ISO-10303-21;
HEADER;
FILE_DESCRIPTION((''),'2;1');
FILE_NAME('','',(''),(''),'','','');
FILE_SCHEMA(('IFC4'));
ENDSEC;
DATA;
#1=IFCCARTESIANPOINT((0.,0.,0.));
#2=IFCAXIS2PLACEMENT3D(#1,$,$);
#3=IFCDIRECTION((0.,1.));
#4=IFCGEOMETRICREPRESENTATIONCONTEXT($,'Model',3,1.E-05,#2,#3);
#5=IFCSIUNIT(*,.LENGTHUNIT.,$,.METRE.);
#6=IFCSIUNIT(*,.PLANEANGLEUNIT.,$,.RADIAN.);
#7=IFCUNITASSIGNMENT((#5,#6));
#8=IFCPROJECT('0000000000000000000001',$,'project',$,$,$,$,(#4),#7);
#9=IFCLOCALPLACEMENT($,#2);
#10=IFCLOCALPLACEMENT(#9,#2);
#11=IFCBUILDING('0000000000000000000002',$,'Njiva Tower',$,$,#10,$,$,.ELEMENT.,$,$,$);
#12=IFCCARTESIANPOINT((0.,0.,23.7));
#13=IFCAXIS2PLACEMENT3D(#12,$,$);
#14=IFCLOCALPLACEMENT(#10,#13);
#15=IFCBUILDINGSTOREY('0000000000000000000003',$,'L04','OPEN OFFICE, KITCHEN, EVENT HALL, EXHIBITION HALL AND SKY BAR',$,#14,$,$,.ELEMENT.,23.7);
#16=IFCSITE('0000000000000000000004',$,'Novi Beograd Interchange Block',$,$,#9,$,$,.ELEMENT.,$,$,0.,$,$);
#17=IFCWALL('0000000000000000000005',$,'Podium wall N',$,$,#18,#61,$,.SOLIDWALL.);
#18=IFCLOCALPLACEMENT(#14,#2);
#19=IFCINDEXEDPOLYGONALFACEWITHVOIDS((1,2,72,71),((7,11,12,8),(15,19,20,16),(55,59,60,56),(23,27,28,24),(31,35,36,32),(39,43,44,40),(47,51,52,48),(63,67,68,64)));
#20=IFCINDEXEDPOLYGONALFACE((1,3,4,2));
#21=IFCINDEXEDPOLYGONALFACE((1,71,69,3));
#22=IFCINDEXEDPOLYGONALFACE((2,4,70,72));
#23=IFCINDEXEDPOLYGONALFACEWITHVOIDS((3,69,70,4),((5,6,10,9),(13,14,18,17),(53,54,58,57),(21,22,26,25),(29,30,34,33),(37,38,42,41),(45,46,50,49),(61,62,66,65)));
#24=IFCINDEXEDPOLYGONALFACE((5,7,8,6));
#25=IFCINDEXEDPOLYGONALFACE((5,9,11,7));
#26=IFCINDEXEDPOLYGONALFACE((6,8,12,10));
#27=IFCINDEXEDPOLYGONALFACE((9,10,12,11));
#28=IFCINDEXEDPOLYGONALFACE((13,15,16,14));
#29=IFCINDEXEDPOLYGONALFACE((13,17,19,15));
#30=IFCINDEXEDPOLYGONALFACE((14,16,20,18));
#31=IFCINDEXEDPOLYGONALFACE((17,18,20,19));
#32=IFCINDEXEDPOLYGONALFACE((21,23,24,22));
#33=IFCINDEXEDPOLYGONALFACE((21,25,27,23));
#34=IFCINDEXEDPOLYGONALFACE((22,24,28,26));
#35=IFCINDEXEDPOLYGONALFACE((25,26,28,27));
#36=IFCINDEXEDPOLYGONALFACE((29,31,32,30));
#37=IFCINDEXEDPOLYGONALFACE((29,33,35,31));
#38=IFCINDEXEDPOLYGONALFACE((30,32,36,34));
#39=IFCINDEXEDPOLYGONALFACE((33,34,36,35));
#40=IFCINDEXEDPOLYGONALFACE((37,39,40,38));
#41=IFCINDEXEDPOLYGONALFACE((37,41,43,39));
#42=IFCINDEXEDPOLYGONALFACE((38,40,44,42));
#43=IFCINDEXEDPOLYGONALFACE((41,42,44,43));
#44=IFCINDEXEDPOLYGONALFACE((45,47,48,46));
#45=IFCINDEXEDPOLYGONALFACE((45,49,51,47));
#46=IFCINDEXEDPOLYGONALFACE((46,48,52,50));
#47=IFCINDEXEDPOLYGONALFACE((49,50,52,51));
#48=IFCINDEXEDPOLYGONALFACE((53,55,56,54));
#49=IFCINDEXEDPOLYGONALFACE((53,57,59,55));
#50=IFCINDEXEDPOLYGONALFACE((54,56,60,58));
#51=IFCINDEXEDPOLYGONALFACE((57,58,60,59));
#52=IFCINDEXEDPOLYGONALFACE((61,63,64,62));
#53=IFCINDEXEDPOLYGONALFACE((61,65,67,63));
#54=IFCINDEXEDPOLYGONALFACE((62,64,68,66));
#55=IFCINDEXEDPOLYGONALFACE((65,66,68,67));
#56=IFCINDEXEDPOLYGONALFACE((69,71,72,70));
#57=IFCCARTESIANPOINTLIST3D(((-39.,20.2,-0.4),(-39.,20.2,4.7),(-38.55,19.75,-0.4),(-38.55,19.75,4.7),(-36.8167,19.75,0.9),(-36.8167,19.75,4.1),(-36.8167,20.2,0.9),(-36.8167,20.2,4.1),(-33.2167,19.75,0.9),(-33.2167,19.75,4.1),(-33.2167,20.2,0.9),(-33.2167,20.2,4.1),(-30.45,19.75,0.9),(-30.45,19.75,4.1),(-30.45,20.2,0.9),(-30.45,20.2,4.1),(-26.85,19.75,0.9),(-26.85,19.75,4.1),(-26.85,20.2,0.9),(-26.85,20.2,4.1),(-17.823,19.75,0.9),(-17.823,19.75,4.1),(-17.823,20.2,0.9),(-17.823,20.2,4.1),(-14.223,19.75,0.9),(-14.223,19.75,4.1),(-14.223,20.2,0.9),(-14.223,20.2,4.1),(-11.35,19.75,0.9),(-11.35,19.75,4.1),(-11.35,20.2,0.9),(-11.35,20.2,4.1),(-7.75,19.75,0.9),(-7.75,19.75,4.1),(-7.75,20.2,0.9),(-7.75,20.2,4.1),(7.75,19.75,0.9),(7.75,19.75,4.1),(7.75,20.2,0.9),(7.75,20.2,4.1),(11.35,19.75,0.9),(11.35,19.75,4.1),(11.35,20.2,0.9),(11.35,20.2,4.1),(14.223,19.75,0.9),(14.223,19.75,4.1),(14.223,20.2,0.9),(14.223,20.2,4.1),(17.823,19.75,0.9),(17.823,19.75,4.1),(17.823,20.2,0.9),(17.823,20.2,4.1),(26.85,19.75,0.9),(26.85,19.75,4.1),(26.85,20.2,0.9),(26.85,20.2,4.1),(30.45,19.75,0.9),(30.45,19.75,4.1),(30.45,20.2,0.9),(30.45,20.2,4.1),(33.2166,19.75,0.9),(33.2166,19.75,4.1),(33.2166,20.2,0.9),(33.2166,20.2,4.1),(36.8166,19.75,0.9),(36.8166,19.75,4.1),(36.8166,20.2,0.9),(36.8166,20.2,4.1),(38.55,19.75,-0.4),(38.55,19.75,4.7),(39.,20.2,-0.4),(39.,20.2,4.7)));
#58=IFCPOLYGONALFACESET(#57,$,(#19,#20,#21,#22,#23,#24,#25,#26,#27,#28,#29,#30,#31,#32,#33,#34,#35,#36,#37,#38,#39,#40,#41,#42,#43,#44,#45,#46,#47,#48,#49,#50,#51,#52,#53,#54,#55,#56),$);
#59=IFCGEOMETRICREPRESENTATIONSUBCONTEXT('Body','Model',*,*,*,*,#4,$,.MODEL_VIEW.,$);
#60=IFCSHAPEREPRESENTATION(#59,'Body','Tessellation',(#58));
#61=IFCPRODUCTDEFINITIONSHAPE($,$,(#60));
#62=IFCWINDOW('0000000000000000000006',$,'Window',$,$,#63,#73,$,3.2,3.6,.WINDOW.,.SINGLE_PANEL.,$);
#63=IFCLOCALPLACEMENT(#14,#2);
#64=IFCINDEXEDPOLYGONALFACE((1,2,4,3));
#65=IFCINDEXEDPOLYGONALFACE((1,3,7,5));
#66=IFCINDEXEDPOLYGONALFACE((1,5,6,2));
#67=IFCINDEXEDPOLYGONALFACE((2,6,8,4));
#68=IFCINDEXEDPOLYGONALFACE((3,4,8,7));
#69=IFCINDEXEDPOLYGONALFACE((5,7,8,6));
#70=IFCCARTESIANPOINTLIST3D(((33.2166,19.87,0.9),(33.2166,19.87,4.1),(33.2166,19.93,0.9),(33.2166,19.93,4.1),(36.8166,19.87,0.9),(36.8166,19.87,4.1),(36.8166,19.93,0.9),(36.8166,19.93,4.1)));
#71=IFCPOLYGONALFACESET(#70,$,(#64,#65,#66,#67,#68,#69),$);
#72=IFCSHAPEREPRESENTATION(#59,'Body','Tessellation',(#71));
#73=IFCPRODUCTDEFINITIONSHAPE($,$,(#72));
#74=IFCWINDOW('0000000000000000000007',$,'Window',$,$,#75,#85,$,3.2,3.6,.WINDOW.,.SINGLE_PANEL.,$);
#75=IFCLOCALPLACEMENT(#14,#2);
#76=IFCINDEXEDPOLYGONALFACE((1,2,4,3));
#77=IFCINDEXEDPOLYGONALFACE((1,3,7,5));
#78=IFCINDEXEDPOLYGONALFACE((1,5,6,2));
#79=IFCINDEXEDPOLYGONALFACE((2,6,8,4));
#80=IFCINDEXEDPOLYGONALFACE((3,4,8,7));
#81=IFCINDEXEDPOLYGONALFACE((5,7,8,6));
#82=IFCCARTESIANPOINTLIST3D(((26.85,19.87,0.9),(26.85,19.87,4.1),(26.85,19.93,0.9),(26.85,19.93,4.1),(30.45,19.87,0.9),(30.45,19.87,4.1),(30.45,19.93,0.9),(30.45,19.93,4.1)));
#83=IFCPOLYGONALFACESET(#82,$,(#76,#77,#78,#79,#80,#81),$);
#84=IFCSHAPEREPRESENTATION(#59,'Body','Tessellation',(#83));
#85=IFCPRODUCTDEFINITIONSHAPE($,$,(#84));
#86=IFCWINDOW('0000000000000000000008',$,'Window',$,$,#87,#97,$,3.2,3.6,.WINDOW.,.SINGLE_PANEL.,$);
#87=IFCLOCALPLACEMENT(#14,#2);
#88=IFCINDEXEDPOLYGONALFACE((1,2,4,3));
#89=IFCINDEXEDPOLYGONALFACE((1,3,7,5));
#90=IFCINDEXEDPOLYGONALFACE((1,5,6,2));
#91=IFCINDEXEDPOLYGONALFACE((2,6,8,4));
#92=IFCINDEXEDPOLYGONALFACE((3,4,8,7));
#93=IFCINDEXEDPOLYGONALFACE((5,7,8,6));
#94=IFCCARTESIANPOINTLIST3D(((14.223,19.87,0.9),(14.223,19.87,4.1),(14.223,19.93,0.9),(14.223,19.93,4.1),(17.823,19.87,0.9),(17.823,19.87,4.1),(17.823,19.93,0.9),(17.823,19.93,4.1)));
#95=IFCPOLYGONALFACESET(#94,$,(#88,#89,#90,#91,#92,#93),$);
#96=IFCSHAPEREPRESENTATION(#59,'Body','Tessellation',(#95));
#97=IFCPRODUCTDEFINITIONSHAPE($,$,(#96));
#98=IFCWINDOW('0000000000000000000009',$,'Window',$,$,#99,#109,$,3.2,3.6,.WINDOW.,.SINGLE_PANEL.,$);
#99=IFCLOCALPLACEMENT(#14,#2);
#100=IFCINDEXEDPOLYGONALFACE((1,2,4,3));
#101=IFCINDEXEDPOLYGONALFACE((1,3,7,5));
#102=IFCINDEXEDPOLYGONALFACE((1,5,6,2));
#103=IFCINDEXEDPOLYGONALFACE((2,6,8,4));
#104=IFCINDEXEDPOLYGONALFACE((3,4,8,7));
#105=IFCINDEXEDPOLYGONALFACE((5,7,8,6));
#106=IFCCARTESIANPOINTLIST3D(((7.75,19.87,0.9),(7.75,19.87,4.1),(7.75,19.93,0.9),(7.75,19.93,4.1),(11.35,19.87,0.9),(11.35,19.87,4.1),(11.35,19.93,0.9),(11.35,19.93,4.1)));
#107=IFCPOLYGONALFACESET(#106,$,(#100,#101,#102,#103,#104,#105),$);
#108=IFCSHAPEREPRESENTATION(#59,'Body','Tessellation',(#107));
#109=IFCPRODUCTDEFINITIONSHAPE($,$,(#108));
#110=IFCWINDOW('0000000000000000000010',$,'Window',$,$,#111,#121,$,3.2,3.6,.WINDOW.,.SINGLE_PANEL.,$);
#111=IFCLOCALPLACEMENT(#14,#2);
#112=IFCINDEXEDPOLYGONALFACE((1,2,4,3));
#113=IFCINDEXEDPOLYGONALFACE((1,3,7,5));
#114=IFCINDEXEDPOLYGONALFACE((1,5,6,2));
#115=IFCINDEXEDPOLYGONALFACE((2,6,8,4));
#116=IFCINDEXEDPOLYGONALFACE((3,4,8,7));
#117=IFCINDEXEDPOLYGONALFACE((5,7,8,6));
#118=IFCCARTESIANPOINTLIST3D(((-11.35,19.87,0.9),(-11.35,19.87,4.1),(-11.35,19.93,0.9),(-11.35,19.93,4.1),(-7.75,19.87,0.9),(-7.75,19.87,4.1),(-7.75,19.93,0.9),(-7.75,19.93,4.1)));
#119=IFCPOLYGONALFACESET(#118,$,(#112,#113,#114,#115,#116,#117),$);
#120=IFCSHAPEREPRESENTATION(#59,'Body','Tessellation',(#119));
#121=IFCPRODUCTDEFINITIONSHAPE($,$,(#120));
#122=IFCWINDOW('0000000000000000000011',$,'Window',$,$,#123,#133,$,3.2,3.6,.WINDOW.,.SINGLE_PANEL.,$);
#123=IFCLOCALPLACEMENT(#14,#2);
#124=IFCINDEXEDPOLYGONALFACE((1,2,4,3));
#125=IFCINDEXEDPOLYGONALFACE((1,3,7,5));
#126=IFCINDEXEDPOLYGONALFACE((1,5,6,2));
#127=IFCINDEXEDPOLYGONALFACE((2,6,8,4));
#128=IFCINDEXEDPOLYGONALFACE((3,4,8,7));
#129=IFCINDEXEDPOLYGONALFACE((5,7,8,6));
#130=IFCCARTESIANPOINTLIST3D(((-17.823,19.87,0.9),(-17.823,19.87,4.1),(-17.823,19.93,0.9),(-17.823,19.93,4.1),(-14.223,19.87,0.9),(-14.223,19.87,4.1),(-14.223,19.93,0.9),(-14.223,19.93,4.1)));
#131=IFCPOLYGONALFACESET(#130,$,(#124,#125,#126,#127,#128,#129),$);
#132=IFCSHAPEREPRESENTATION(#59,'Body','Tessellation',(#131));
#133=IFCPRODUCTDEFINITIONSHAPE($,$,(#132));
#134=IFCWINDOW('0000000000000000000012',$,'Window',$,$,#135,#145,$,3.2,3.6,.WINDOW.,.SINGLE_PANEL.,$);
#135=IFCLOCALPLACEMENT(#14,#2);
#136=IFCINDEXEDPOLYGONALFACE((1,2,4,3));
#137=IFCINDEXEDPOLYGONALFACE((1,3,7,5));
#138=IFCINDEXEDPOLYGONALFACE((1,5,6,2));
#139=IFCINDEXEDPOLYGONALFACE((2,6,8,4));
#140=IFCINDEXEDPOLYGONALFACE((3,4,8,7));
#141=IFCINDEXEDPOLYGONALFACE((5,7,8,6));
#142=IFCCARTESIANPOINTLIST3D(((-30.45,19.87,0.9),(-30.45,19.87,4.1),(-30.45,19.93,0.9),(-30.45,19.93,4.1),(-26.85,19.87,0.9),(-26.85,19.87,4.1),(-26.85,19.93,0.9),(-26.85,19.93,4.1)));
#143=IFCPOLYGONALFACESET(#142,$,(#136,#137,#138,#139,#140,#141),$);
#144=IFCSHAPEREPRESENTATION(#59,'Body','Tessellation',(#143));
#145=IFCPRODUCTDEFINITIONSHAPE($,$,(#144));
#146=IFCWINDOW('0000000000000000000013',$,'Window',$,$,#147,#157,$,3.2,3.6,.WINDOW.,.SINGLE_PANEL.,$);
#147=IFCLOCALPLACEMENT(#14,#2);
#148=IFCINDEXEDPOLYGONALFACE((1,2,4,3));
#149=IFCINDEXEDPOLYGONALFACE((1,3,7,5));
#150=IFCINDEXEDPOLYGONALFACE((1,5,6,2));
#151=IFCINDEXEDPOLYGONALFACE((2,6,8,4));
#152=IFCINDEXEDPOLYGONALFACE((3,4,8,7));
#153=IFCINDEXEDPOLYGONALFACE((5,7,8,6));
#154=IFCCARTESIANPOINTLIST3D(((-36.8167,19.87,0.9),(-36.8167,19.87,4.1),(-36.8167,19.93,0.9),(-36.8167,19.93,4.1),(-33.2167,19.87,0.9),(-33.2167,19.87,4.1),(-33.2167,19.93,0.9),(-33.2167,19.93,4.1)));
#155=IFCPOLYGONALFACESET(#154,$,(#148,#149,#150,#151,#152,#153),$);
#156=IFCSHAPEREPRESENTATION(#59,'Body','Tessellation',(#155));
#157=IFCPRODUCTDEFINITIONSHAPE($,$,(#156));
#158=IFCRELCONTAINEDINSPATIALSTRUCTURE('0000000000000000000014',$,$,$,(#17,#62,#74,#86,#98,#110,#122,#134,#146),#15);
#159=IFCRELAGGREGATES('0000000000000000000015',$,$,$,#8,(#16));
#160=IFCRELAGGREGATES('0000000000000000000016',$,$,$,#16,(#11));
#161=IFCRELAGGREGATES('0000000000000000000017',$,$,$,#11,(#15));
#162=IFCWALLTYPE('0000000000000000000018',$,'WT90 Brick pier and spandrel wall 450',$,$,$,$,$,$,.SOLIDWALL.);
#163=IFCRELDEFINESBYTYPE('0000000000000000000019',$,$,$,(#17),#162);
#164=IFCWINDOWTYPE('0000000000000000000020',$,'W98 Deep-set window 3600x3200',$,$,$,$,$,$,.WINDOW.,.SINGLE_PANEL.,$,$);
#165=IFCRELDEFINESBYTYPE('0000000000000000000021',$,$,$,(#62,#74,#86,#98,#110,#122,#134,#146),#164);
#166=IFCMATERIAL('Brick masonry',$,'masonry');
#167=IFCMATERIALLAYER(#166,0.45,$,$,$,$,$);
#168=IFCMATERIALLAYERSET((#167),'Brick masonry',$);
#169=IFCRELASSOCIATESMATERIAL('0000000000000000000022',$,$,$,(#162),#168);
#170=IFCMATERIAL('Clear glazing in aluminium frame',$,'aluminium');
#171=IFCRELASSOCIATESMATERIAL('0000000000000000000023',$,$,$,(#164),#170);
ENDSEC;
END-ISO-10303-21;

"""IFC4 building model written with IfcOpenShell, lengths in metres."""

from ifc_helpers import new_model, si_unit, direction, frame, frame_2d, origin, place, context, subcontext, project, spatial, polyline, rectangle, outline, extrude, material, layer, layer_set, type_object, element, fill, save


model = new_model("IFC4")

# Units and contexts
model_context = context("Model", 3, precision=1e-05, world=origin(), true_north=direction((0.0, 1.0)))
body_context = subcontext(model_context, "Body", "Model", "MODEL_VIEW")
ifc_project = project(units=[si_unit("LENGTHUNIT", "METRE"), si_unit("PLANEANGLEUNIT", "RADIAN")], contexts=[model_context])

# Site, building, storey
site_placement = place(None, origin())
site = spatial("IfcSite", under=ifc_project, at=site_placement, Name="Novi Beograd Interchange Block", CompositionType="ELEMENT", RefElevation=0.0)
building_placement = place(site_placement, origin())
building = spatial("IfcBuilding", under=site, at=building_placement, Name="Njiva Tower", CompositionType="ELEMENT")
storey_placement = place(building_placement, frame((0.0, 0.0, 23.7)))
storey = spatial("IfcBuildingStorey", under=building, at=storey_placement, Name="L04", Description="OPEN OFFICE, KITCHEN, EVENT HALL, EXHIBITION HALL AND SKY BAR", CompositionType="ELEMENT", Elevation=23.7)

# Wall, openings, windows
ifc_material_1 = material(Name="Brick masonry", Category="masonry")
ifc_layer_1 = layer(ifc_material_1, 0.45)
ifc_layer_set_1 = layer_set([ifc_layer_1], Name="Brick masonry")
wall_type_1 = type_object("IfcWallType", Name="WT90 Brick pier and spandrel wall 450", PredefinedType="SOLIDWALL", material=ifc_layer_set_1)
wall_1_placement = place(storey_placement, frame((38.775, 19.975, -0.4), z_axis=(0.0, 0.0, 1.0), x_axis=(-1.0, 0.0, 0.0)))
wall_1 = element("IfcWall", 1, at=wall_1_placement, inside=storey, type_object=wall_type_1, Name="Podium wall N", PredefinedType="SOLIDWALL", context=body_context, shape_type="SweptSolid", body=[
    extrude(outline(polyline([(-0.225, -0.225), (77.775, -0.225), (77.325, 0.225), (0.225, 0.225), (-0.225, -0.225)])), origin(), (0.0, 0.0, 1.0), 5.1),
])
opening_1_placement = place(wall_1_placement, frame((1.9584, 0.0, 1.3)))
opening_1 = element("IfcOpeningElement", 2, at=opening_1_placement, cuts=wall_1, PredefinedType="OPENING", context=body_context, shape_type="SweptSolid", body=[
    extrude(rectangle(XDim=3.6, YDim=3.2, at=frame_2d((1.8, 1.6))), frame((0.0, 0.235, 0.0), z_axis=(0.0, -1.0, 0.0), x_axis=(1.0, 0.0, 0.0)), (0.0, 0.0, 1.0), 0.47),
])
opening_2_placement = place(wall_1_placement, frame((8.325, 0.0, 1.3)))
opening_2 = element("IfcOpeningElement", 3, at=opening_2_placement, cuts=wall_1, PredefinedType="OPENING", context=body_context, shape_type="SweptSolid", body=[
    extrude(rectangle(XDim=3.6, YDim=3.2, at=frame_2d((1.8, 1.6))), frame((0.0, 0.235, 0.0), z_axis=(0.0, -1.0, 0.0), x_axis=(1.0, 0.0, 0.0)), (0.0, 0.0, 1.0), 0.47),
])
opening_3_placement = place(wall_1_placement, frame((20.952, 0.0, 1.3)))
opening_3 = element("IfcOpeningElement", 4, at=opening_3_placement, cuts=wall_1, PredefinedType="OPENING", context=body_context, shape_type="SweptSolid", body=[
    extrude(rectangle(XDim=3.6, YDim=3.2, at=frame_2d((1.8, 1.6))), frame((0.0, 0.235, 0.0), z_axis=(0.0, -1.0, 0.0), x_axis=(1.0, 0.0, 0.0)), (0.0, 0.0, 1.0), 0.47),
])
opening_4_placement = place(wall_1_placement, frame((27.425, 0.0, 1.3)))
opening_4 = element("IfcOpeningElement", 5, at=opening_4_placement, cuts=wall_1, PredefinedType="OPENING", context=body_context, shape_type="SweptSolid", body=[
    extrude(rectangle(XDim=3.6, YDim=3.2, at=frame_2d((1.8, 1.6))), frame((0.0, 0.235, 0.0), z_axis=(0.0, -1.0, 0.0), x_axis=(1.0, 0.0, 0.0)), (0.0, 0.0, 1.0), 0.47),
])
opening_5_placement = place(wall_1_placement, frame((46.525, 0.0, 1.3)))
opening_5 = element("IfcOpeningElement", 6, at=opening_5_placement, cuts=wall_1, PredefinedType="OPENING", context=body_context, shape_type="SweptSolid", body=[
    extrude(rectangle(XDim=3.6, YDim=3.2, at=frame_2d((1.8, 1.6))), frame((0.0, 0.235, 0.0), z_axis=(0.0, -1.0, 0.0), x_axis=(1.0, 0.0, 0.0)), (0.0, 0.0, 1.0), 0.47),
])
opening_6_placement = place(wall_1_placement, frame((52.998, 0.0, 1.3)))
opening_6 = element("IfcOpeningElement", 7, at=opening_6_placement, cuts=wall_1, PredefinedType="OPENING", context=body_context, shape_type="SweptSolid", body=[
    extrude(rectangle(XDim=3.6, YDim=3.2, at=frame_2d((1.8, 1.6))), frame((0.0, 0.235, 0.0), z_axis=(0.0, -1.0, 0.0), x_axis=(1.0, 0.0, 0.0)), (0.0, 0.0, 1.0), 0.47),
])
opening_7_placement = place(wall_1_placement, frame((65.625, 0.0, 1.3)))
opening_7 = element("IfcOpeningElement", 8, at=opening_7_placement, cuts=wall_1, PredefinedType="OPENING", context=body_context, shape_type="SweptSolid", body=[
    extrude(rectangle(XDim=3.6, YDim=3.2, at=frame_2d((1.8, 1.6))), frame((0.0, 0.235, 0.0), z_axis=(0.0, -1.0, 0.0), x_axis=(1.0, 0.0, 0.0)), (0.0, 0.0, 1.0), 0.47),
])
opening_8_placement = place(wall_1_placement, frame((71.9917, 0.0, 1.3)))
opening_8 = element("IfcOpeningElement", 9, at=opening_8_placement, cuts=wall_1, PredefinedType="OPENING", context=body_context, shape_type="SweptSolid", body=[
    extrude(rectangle(XDim=3.6, YDim=3.2, at=frame_2d((1.8, 1.6))), frame((0.0, 0.235, 0.0), z_axis=(0.0, -1.0, 0.0), x_axis=(1.0, 0.0, 0.0)), (0.0, 0.0, 1.0), 0.47),
])
ifc_material_2 = material(Name="Clear glazing in aluminium frame", Category="aluminium")
window_type = type_object("IfcWindowType", Name="W98 Deep-set window 3600x3200", PartitioningType="SINGLE_PANEL", PredefinedType="WINDOW", material=ifc_material_2)
window_1_placement = place(opening_1_placement, origin())
window_1 = element("IfcWindow", 10, at=window_1_placement, inside=storey, type_object=window_type, Name="Window", OverallHeight=3.2, OverallWidth=3.6, PartitioningType="SINGLE_PANEL", PredefinedType="WINDOW", context=body_context, shape_type="SweptSolid", body=[
    extrude(rectangle(XDim=3.6, YDim=3.2, at=frame_2d((1.8, 1.6))), frame((0.0, 0.105, 0.0), z_axis=(0.0, -1.0, 0.0), x_axis=(1.0, 0.0, 0.0)), (0.0, 0.0, 1.0), 0.06),
])
fill(opening_1, window_1)
window_2_placement = place(opening_2_placement, origin())
window_2 = element("IfcWindow", 11, at=window_2_placement, inside=storey, type_object=window_type, Name="Window", OverallHeight=3.2, OverallWidth=3.6, PartitioningType="SINGLE_PANEL", PredefinedType="WINDOW", context=body_context, shape_type="SweptSolid", body=[
    extrude(rectangle(XDim=3.6, YDim=3.2, at=frame_2d((1.8, 1.6))), frame((0.0, 0.105, 0.0), z_axis=(0.0, -1.0, 0.0), x_axis=(1.0, 0.0, 0.0)), (0.0, 0.0, 1.0), 0.06),
])
fill(opening_2, window_2)
window_3_placement = place(opening_3_placement, origin())
window_3 = element("IfcWindow", 12, at=window_3_placement, inside=storey, type_object=window_type, Name="Window", OverallHeight=3.2, OverallWidth=3.6, PartitioningType="SINGLE_PANEL", PredefinedType="WINDOW", context=body_context, shape_type="SweptSolid", body=[
    extrude(rectangle(XDim=3.6, YDim=3.2, at=frame_2d((1.8, 1.6))), frame((0.0, 0.105, 0.0), z_axis=(0.0, -1.0, 0.0), x_axis=(1.0, 0.0, 0.0)), (0.0, 0.0, 1.0), 0.06),
])
fill(opening_3, window_3)
window_4_placement = place(opening_4_placement, origin())
window_4 = element("IfcWindow", 13, at=window_4_placement, inside=storey, type_object=window_type, Name="Window", OverallHeight=3.2, OverallWidth=3.6, PartitioningType="SINGLE_PANEL", PredefinedType="WINDOW", context=body_context, shape_type="SweptSolid", body=[
    extrude(rectangle(XDim=3.6, YDim=3.2, at=frame_2d((1.8, 1.6))), frame((0.0, 0.105, 0.0), z_axis=(0.0, -1.0, 0.0), x_axis=(1.0, 0.0, 0.0)), (0.0, 0.0, 1.0), 0.06),
])
fill(opening_4, window_4)
window_5_placement = place(opening_5_placement, origin())
window_5 = element("IfcWindow", 14, at=window_5_placement, inside=storey, type_object=window_type, Name="Window", OverallHeight=3.2, OverallWidth=3.6, PartitioningType="SINGLE_PANEL", PredefinedType="WINDOW", context=body_context, shape_type="SweptSolid", body=[
    extrude(rectangle(XDim=3.6, YDim=3.2, at=frame_2d((1.8, 1.6))), frame((0.0, 0.105, 0.0), z_axis=(0.0, -1.0, 0.0), x_axis=(1.0, 0.0, 0.0)), (0.0, 0.0, 1.0), 0.06),
])
fill(opening_5, window_5)
window_6_placement = place(opening_6_placement, origin())
window_6 = element("IfcWindow", 15, at=window_6_placement, inside=storey, type_object=window_type, Name="Window", OverallHeight=3.2, OverallWidth=3.6, PartitioningType="SINGLE_PANEL", PredefinedType="WINDOW", context=body_context, shape_type="SweptSolid", body=[
    extrude(rectangle(XDim=3.6, YDim=3.2, at=frame_2d((1.8, 1.6))), frame((0.0, 0.105, 0.0), z_axis=(0.0, -1.0, 0.0), x_axis=(1.0, 0.0, 0.0)), (0.0, 0.0, 1.0), 0.06),
])
fill(opening_6, window_6)
window_7_placement = place(opening_7_placement, origin())
window_7 = element("IfcWindow", 16, at=window_7_placement, inside=storey, type_object=window_type, Name="Window", OverallHeight=3.2, OverallWidth=3.6, PartitioningType="SINGLE_PANEL", PredefinedType="WINDOW", context=body_context, shape_type="SweptSolid", body=[
    extrude(rectangle(XDim=3.6, YDim=3.2, at=frame_2d((1.8, 1.6))), frame((0.0, 0.105, 0.0), z_axis=(0.0, -1.0, 0.0), x_axis=(1.0, 0.0, 0.0)), (0.0, 0.0, 1.0), 0.06),
])
fill(opening_7, window_7)
window_8_placement = place(opening_8_placement, origin())
window_8 = element("IfcWindow", 17, at=window_8_placement, inside=storey, type_object=window_type, Name="Window", OverallHeight=3.2, OverallWidth=3.6, PartitioningType="SINGLE_PANEL", PredefinedType="WINDOW", context=body_context, shape_type="SweptSolid", body=[
    extrude(rectangle(XDim=3.6, YDim=3.2, at=frame_2d((1.8, 1.6))), frame((0.0, 0.105, 0.0), z_axis=(0.0, -1.0, 0.0), x_axis=(1.0, 0.0, 0.0)), (0.0, 0.0, 1.0), 0.06),
])
fill(opening_8, window_8)

save(model, "model.ifc")
